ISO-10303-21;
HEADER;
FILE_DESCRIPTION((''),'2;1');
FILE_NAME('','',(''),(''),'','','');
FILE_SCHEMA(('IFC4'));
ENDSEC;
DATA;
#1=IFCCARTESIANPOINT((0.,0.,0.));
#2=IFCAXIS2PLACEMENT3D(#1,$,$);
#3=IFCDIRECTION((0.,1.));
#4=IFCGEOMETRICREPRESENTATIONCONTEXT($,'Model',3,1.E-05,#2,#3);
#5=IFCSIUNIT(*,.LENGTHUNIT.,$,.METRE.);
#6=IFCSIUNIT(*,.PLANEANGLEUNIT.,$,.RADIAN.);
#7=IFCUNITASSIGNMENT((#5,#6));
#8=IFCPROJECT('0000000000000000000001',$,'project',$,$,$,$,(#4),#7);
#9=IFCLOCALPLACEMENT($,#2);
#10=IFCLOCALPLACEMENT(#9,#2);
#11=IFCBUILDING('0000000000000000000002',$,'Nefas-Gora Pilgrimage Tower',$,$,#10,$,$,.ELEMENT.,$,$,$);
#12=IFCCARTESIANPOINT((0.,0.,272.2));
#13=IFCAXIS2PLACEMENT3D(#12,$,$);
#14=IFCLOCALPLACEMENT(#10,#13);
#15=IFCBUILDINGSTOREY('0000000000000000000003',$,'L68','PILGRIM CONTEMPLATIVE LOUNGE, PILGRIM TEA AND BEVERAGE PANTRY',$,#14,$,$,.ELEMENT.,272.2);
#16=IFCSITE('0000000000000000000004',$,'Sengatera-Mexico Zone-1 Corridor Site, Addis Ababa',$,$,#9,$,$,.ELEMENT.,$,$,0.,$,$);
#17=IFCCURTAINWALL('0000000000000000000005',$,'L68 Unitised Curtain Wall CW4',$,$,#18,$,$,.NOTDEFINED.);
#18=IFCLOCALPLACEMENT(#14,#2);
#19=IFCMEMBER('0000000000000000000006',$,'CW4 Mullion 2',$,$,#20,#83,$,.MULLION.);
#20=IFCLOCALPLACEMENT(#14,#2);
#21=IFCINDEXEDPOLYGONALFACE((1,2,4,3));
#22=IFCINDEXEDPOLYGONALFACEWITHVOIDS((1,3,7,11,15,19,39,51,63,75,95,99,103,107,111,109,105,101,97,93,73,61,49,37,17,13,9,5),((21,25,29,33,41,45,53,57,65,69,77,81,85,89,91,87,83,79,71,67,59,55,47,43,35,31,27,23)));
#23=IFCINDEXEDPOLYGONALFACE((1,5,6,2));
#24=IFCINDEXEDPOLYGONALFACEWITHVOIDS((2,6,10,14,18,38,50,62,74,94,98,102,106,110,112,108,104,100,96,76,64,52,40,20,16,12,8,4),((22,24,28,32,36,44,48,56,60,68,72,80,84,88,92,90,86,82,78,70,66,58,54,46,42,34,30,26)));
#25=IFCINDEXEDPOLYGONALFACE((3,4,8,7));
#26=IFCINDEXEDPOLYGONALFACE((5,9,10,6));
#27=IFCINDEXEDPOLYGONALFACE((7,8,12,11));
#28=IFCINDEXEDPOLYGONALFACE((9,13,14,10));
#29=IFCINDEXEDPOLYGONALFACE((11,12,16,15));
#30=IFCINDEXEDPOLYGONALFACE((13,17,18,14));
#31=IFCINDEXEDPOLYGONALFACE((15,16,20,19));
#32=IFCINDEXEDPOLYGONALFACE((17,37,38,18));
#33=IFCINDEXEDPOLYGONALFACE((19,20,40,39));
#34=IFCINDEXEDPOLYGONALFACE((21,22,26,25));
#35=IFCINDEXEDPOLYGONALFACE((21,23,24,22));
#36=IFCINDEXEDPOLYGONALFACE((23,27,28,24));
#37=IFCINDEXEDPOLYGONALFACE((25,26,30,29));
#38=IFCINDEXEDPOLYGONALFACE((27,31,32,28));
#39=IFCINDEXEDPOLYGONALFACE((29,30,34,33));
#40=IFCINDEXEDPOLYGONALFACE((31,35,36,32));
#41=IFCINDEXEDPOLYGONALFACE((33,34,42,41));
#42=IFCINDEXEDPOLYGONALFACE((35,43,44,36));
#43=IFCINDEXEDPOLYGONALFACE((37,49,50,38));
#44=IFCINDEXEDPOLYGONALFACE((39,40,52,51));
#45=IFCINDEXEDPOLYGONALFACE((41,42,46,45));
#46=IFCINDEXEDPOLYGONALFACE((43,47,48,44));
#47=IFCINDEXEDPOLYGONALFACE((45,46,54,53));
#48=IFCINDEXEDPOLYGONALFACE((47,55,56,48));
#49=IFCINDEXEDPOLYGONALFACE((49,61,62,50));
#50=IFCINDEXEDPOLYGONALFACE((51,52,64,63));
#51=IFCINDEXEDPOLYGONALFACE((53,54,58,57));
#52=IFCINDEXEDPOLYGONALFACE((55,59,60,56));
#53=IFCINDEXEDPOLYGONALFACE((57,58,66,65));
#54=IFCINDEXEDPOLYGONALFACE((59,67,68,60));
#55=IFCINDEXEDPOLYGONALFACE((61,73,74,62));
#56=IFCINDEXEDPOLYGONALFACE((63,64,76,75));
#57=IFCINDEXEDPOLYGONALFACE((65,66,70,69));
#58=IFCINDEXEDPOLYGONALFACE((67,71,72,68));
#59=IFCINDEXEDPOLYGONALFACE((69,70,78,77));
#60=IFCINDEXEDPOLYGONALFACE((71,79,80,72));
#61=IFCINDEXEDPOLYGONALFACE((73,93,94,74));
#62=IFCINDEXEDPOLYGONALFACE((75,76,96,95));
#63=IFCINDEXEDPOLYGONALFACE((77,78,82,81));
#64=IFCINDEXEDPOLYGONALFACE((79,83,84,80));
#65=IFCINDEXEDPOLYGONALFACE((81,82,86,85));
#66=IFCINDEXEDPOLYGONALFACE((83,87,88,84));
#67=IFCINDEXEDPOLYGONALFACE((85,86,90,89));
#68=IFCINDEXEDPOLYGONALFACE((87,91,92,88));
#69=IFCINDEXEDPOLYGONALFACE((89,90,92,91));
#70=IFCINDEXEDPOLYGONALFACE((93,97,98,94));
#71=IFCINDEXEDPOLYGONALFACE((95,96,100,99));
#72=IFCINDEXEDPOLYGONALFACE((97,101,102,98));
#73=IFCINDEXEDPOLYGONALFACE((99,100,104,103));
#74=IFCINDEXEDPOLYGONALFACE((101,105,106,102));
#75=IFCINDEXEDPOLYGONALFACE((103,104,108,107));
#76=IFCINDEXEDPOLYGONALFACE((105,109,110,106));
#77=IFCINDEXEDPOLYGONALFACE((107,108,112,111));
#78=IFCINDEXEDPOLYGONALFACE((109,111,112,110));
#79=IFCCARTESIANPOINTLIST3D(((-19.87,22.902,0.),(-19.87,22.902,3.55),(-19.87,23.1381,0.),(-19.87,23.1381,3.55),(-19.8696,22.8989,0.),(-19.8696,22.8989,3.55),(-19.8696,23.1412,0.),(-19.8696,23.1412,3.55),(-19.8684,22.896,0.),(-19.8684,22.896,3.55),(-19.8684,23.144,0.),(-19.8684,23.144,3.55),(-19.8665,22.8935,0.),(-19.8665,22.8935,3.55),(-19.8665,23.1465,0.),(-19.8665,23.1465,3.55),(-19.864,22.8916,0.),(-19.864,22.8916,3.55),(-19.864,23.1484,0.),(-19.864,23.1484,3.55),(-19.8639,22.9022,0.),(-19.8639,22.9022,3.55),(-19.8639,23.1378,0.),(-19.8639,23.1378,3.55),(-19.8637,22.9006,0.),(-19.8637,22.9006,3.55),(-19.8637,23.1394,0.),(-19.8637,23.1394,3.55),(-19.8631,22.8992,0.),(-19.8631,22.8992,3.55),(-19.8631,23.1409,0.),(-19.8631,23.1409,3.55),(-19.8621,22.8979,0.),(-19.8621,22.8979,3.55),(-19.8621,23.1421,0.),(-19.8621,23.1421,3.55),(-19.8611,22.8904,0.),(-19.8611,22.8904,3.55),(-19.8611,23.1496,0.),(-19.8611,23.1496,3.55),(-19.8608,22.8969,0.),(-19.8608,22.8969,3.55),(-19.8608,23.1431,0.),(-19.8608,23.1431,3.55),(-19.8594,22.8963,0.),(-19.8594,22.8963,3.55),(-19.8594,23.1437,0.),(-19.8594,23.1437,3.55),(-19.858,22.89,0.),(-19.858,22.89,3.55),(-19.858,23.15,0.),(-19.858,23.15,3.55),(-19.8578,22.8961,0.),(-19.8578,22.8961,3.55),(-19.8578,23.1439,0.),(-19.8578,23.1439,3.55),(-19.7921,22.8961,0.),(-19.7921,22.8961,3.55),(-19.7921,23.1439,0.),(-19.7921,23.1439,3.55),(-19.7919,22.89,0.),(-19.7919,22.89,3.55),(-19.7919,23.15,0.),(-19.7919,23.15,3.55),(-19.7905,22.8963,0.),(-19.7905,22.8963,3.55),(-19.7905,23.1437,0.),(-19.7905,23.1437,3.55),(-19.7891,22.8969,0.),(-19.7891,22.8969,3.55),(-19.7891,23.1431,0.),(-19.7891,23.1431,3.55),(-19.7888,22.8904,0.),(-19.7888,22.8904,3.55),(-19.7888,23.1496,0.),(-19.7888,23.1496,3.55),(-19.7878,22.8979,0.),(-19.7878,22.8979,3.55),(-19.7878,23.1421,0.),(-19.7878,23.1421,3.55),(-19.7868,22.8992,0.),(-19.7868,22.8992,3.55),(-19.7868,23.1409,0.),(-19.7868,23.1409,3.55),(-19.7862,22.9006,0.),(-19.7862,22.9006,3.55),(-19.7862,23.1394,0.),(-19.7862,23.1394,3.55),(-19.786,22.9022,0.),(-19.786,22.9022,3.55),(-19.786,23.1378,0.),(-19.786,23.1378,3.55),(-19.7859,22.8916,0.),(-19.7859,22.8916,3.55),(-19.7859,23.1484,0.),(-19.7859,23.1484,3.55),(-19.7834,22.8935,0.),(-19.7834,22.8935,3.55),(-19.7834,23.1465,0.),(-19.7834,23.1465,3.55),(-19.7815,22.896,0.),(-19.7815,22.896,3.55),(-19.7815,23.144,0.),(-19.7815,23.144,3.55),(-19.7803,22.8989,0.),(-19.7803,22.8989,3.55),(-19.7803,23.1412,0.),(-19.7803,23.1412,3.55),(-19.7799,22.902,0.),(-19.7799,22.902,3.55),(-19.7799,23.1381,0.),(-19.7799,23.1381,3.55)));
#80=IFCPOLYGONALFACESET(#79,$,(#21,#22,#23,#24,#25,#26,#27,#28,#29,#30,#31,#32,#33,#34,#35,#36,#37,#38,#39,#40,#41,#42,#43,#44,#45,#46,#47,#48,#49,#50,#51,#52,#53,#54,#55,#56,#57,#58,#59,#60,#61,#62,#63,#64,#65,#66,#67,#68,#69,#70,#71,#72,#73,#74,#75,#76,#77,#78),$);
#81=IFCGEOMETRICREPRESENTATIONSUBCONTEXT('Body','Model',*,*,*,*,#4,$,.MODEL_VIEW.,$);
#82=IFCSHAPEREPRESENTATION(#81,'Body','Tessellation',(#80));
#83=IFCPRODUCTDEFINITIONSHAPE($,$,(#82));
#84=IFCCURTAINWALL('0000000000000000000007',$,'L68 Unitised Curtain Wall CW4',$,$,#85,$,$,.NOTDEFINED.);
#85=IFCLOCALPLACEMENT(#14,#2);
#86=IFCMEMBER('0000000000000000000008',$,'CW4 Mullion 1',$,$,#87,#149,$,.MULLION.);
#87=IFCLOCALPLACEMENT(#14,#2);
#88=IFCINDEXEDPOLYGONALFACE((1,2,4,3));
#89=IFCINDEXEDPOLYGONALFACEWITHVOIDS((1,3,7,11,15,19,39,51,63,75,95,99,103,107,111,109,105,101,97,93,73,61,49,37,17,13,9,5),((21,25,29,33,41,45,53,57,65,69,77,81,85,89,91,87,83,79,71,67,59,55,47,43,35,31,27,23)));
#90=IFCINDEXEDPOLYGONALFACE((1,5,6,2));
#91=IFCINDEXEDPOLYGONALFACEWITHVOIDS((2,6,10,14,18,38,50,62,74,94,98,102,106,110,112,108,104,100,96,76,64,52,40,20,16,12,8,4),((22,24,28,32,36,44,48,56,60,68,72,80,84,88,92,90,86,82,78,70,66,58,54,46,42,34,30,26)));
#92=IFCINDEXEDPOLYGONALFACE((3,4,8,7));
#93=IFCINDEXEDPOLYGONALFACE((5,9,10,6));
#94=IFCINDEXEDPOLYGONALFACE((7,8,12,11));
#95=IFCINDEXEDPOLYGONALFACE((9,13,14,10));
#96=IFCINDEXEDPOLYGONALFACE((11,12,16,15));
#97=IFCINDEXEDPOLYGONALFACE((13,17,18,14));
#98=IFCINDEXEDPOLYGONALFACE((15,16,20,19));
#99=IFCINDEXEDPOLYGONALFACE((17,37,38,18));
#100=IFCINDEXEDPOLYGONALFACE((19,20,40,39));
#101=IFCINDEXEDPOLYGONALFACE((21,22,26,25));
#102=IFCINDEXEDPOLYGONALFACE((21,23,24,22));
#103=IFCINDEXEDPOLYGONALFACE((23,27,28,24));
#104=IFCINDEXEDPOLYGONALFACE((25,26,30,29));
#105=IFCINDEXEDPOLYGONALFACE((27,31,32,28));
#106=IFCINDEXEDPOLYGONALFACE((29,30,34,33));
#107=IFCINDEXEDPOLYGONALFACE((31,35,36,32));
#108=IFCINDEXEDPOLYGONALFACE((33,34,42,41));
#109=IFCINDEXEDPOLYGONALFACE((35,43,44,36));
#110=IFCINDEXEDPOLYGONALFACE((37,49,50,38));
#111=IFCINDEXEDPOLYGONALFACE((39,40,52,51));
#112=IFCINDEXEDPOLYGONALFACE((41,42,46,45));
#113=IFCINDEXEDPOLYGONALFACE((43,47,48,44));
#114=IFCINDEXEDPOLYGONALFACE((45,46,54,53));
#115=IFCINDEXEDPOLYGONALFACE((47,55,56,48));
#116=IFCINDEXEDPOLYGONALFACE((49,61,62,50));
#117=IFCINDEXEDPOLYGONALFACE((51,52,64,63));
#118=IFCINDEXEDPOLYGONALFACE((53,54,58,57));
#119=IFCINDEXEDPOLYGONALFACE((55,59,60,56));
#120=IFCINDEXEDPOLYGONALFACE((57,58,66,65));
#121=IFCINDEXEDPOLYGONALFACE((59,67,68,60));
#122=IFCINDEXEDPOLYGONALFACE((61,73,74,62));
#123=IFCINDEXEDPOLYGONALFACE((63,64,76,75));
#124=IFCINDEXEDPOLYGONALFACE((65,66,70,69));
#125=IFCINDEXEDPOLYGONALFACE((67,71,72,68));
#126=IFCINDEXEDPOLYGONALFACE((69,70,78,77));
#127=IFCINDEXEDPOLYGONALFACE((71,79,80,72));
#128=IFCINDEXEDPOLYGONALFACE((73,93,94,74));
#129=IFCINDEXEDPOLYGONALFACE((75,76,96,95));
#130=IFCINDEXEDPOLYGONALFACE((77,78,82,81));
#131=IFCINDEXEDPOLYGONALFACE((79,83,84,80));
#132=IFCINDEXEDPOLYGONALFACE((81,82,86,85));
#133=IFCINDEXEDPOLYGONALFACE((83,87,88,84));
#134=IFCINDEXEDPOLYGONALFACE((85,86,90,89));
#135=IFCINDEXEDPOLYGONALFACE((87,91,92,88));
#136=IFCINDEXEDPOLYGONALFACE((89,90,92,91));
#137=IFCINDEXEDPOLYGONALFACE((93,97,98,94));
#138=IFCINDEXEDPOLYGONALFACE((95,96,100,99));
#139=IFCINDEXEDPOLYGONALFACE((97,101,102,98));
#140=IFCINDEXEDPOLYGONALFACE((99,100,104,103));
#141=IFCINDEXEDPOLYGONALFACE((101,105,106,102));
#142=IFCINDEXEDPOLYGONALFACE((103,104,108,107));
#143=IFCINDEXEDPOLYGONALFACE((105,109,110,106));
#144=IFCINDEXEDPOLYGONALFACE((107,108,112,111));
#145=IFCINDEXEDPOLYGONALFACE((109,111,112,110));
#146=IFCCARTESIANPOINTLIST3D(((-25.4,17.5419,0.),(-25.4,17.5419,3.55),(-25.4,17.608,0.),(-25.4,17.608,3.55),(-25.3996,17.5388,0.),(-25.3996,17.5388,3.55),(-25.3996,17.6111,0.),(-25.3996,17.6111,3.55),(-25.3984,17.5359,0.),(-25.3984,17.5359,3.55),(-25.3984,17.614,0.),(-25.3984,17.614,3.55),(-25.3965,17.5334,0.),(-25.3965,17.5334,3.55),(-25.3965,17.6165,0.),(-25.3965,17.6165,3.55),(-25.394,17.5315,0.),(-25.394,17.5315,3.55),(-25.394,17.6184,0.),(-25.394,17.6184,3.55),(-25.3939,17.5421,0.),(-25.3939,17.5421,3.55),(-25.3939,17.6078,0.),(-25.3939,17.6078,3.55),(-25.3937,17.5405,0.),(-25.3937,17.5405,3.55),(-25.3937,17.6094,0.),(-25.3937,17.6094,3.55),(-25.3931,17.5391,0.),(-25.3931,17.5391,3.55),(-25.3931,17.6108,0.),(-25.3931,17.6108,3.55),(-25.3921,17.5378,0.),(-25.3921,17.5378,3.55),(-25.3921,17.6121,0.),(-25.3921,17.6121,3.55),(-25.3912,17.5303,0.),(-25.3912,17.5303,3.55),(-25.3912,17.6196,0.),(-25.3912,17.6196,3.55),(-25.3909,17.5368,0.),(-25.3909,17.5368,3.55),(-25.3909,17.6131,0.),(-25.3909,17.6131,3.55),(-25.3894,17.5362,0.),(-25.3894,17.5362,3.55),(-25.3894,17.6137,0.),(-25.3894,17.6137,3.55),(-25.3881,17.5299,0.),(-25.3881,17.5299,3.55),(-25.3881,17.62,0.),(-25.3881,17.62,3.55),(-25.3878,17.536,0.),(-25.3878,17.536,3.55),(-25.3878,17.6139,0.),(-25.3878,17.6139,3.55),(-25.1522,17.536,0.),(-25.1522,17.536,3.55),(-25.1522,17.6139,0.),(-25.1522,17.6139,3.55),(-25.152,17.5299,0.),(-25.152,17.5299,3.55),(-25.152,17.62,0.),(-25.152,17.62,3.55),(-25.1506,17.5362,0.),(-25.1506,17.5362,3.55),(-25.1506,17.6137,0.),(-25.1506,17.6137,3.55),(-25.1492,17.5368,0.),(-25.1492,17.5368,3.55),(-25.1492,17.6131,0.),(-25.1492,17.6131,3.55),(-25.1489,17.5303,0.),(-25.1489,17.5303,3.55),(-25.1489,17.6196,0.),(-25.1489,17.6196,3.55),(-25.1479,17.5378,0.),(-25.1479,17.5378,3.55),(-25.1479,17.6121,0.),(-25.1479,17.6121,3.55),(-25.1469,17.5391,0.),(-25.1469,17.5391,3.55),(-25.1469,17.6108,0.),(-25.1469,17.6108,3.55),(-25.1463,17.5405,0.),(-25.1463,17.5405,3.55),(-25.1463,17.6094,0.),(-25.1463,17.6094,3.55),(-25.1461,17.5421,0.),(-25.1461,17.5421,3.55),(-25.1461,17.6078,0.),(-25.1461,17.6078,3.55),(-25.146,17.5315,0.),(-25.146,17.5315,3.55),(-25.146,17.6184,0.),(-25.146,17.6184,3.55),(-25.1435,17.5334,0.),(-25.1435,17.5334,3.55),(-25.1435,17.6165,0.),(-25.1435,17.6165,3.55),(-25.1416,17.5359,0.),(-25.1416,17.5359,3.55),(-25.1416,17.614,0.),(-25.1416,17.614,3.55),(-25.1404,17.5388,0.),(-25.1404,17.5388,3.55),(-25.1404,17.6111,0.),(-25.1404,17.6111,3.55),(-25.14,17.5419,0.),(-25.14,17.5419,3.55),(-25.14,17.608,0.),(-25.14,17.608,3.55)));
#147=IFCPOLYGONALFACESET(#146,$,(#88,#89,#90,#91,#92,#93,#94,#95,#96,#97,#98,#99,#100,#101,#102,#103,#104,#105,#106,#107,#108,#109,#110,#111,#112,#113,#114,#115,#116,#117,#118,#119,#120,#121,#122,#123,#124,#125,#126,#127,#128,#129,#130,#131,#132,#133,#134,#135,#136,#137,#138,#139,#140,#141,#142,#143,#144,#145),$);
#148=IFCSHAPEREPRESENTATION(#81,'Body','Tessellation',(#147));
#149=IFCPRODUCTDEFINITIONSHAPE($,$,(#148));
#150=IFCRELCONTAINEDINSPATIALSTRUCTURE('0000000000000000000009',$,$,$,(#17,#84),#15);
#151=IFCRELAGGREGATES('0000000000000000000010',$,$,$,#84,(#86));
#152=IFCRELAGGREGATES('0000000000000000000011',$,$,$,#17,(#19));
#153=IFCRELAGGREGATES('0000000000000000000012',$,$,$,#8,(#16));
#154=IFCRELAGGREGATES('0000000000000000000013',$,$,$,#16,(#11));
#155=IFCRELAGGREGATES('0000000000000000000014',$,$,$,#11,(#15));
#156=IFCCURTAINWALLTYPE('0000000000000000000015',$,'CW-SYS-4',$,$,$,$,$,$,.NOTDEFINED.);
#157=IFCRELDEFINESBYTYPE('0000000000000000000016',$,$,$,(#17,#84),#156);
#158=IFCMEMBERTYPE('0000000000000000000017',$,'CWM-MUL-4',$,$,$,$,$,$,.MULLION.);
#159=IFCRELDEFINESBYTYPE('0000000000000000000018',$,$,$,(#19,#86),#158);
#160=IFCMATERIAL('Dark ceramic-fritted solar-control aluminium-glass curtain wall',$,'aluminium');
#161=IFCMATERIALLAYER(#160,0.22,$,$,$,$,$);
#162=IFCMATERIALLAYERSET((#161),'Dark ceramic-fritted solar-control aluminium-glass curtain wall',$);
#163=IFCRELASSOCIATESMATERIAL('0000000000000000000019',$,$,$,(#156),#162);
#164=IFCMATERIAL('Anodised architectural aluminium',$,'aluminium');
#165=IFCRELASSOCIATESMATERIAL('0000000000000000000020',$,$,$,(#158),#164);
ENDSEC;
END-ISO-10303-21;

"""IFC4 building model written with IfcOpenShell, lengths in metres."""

from ifc_helpers import new_model, si_unit, direction, frame, origin, origin_2d, place, context, subcontext, project, spatial, hollow_rectangle, extrude, source, transform, mapped, material, layer, layer_set, material_profile, profile_set, type_object, element, aggregate, save


model = new_model("IFC4")

# Units and contexts
model_context = context("Model", 3, precision=1e-05, world=origin(), true_north=direction((0.0, 1.0)))
body_context = subcontext(model_context, "Body", "Model", "MODEL_VIEW")
ifc_project = project(units=[si_unit("LENGTHUNIT", "METRE"), si_unit("PLANEANGLEUNIT", "RADIAN")], contexts=[model_context])

# Site, building, storey
site_placement = place(None, origin())
site = spatial("IfcSite", under=ifc_project, at=site_placement, Name="Sengatera-Mexico Zone-1 Corridor Site, Addis Ababa", CompositionType="ELEMENT", RefElevation=0.0)
building_placement = place(site_placement, origin())
building = spatial("IfcBuilding", under=site, at=building_placement, Name="Nefas-Gora Pilgrimage Tower", CompositionType="ELEMENT")
storey_placement = place(building_placement, frame((0.0, 0.0, 272.2)))
storey = spatial("IfcBuildingStorey", under=building, at=storey_placement, Name="L68", Description="PILGRIM CONTEMPLATIVE LOUNGE, PILGRIM TEA AND BEVERAGE PANTRY", CompositionType="ELEMENT", Elevation=272.2)

# Curtain walls, members
ifc_material_1 = material(Name="Dark ceramic-fritted solar-control aluminium-glass curtain wall", Category="aluminium")
ifc_material_2 = material(Name="Anodised architectural aluminium", Category="aluminium")
ifc_layer_1 = layer(ifc_material_1, 0.22)
ifc_layer_set_1 = layer_set([ifc_layer_1], Name="Dark ceramic-fritted solar-control aluminium-glass curtain wall")
curtain_wall_type_1 = type_object("IfcCurtainWallType", Name="CW-SYS-4", PredefinedType="NOTDEFINED", material=ifc_layer_set_1)
curtain_wall_1_placement = place(storey_placement, origin())
curtain_wall_1 = element("IfcCurtainWall", 1, at=curtain_wall_1_placement, inside=storey, type_object=curtain_wall_type_1, Name="L68 Unitised Curtain Wall CW4", PredefinedType="NOTDEFINED")
ifc_material_profile_1 = material_profile(ifc_material_2, hollow_rectangle(XDim=0.0901, YDim=0.26, WallThickness=0.0061, InnerFilletRadius=0.0061, OuterFilletRadius=0.012, at=origin_2d()), Name="ALU MULLION 90x260")
ifc_profile_set_1 = profile_set([ifc_material_profile_1], Name="Anodised architectural aluminium")
member_type_1 = type_object("IfcMemberType", Name="CWM-MUL-4", PredefinedType="MULLION", material=ifc_profile_set_1)
shared_shape_1 = source(origin(), body_context, "Body", "SweptSolid", [
    extrude(hollow_rectangle(XDim=0.0901, YDim=0.26, WallThickness=0.0061, InnerFilletRadius=0.0061, OuterFilletRadius=0.012, at=origin_2d()), origin(), (0.0, 0.0, 1.0), 3.55),
])
member_1_placement = place(storey_placement, frame((-19.825, 23.02, 0.0), z_axis=(0.0, 0.0, 1.0), x_axis=(-1.0, 0.0, 0.0)))
member_1 = element("IfcMember", 2, at=member_1_placement, type_object=member_type_1, Name="CW4 Mullion 2", PredefinedType="MULLION", context=body_context, shape_type="MappedRepresentation", body=[
    mapped(shared_shape_1, transform((0.0, 0.0, 0.0), x_axis=(1.0, 0.0, 0.0), y_axis=(0.0, 1.0, 0.0), z_axis=(0.0, 0.0, 1.0), scale=1.0)),
])
curtain_wall_2_placement = place(storey_placement, origin())
curtain_wall_2 = element("IfcCurtainWall", 3, at=curtain_wall_2_placement, inside=storey, type_object=curtain_wall_type_1, Name="L68 Unitised Curtain Wall CW4", PredefinedType="NOTDEFINED")
member_2_placement = place(storey_placement, frame((-25.27, 17.575, 0.0), z_axis=(0.0, 0.0, 1.0), x_axis=(0.0, -1.0, 0.0)))
member_2 = element("IfcMember", 4, at=member_2_placement, type_object=member_type_1, Name="CW4 Mullion 1", PredefinedType="MULLION", context=body_context, shape_type="MappedRepresentation", body=[
    mapped(shared_shape_1, transform((0.0, 0.0, 0.0), x_axis=(1.0, 0.0, 0.0), y_axis=(0.0, 1.0, 0.0), z_axis=(0.0, 0.0, 1.0), scale=1.0)),
])
aggregate(curtain_wall_2, [member_2])

aggregate(curtain_wall_1, [member_1])

save(model, "model.ifc")
